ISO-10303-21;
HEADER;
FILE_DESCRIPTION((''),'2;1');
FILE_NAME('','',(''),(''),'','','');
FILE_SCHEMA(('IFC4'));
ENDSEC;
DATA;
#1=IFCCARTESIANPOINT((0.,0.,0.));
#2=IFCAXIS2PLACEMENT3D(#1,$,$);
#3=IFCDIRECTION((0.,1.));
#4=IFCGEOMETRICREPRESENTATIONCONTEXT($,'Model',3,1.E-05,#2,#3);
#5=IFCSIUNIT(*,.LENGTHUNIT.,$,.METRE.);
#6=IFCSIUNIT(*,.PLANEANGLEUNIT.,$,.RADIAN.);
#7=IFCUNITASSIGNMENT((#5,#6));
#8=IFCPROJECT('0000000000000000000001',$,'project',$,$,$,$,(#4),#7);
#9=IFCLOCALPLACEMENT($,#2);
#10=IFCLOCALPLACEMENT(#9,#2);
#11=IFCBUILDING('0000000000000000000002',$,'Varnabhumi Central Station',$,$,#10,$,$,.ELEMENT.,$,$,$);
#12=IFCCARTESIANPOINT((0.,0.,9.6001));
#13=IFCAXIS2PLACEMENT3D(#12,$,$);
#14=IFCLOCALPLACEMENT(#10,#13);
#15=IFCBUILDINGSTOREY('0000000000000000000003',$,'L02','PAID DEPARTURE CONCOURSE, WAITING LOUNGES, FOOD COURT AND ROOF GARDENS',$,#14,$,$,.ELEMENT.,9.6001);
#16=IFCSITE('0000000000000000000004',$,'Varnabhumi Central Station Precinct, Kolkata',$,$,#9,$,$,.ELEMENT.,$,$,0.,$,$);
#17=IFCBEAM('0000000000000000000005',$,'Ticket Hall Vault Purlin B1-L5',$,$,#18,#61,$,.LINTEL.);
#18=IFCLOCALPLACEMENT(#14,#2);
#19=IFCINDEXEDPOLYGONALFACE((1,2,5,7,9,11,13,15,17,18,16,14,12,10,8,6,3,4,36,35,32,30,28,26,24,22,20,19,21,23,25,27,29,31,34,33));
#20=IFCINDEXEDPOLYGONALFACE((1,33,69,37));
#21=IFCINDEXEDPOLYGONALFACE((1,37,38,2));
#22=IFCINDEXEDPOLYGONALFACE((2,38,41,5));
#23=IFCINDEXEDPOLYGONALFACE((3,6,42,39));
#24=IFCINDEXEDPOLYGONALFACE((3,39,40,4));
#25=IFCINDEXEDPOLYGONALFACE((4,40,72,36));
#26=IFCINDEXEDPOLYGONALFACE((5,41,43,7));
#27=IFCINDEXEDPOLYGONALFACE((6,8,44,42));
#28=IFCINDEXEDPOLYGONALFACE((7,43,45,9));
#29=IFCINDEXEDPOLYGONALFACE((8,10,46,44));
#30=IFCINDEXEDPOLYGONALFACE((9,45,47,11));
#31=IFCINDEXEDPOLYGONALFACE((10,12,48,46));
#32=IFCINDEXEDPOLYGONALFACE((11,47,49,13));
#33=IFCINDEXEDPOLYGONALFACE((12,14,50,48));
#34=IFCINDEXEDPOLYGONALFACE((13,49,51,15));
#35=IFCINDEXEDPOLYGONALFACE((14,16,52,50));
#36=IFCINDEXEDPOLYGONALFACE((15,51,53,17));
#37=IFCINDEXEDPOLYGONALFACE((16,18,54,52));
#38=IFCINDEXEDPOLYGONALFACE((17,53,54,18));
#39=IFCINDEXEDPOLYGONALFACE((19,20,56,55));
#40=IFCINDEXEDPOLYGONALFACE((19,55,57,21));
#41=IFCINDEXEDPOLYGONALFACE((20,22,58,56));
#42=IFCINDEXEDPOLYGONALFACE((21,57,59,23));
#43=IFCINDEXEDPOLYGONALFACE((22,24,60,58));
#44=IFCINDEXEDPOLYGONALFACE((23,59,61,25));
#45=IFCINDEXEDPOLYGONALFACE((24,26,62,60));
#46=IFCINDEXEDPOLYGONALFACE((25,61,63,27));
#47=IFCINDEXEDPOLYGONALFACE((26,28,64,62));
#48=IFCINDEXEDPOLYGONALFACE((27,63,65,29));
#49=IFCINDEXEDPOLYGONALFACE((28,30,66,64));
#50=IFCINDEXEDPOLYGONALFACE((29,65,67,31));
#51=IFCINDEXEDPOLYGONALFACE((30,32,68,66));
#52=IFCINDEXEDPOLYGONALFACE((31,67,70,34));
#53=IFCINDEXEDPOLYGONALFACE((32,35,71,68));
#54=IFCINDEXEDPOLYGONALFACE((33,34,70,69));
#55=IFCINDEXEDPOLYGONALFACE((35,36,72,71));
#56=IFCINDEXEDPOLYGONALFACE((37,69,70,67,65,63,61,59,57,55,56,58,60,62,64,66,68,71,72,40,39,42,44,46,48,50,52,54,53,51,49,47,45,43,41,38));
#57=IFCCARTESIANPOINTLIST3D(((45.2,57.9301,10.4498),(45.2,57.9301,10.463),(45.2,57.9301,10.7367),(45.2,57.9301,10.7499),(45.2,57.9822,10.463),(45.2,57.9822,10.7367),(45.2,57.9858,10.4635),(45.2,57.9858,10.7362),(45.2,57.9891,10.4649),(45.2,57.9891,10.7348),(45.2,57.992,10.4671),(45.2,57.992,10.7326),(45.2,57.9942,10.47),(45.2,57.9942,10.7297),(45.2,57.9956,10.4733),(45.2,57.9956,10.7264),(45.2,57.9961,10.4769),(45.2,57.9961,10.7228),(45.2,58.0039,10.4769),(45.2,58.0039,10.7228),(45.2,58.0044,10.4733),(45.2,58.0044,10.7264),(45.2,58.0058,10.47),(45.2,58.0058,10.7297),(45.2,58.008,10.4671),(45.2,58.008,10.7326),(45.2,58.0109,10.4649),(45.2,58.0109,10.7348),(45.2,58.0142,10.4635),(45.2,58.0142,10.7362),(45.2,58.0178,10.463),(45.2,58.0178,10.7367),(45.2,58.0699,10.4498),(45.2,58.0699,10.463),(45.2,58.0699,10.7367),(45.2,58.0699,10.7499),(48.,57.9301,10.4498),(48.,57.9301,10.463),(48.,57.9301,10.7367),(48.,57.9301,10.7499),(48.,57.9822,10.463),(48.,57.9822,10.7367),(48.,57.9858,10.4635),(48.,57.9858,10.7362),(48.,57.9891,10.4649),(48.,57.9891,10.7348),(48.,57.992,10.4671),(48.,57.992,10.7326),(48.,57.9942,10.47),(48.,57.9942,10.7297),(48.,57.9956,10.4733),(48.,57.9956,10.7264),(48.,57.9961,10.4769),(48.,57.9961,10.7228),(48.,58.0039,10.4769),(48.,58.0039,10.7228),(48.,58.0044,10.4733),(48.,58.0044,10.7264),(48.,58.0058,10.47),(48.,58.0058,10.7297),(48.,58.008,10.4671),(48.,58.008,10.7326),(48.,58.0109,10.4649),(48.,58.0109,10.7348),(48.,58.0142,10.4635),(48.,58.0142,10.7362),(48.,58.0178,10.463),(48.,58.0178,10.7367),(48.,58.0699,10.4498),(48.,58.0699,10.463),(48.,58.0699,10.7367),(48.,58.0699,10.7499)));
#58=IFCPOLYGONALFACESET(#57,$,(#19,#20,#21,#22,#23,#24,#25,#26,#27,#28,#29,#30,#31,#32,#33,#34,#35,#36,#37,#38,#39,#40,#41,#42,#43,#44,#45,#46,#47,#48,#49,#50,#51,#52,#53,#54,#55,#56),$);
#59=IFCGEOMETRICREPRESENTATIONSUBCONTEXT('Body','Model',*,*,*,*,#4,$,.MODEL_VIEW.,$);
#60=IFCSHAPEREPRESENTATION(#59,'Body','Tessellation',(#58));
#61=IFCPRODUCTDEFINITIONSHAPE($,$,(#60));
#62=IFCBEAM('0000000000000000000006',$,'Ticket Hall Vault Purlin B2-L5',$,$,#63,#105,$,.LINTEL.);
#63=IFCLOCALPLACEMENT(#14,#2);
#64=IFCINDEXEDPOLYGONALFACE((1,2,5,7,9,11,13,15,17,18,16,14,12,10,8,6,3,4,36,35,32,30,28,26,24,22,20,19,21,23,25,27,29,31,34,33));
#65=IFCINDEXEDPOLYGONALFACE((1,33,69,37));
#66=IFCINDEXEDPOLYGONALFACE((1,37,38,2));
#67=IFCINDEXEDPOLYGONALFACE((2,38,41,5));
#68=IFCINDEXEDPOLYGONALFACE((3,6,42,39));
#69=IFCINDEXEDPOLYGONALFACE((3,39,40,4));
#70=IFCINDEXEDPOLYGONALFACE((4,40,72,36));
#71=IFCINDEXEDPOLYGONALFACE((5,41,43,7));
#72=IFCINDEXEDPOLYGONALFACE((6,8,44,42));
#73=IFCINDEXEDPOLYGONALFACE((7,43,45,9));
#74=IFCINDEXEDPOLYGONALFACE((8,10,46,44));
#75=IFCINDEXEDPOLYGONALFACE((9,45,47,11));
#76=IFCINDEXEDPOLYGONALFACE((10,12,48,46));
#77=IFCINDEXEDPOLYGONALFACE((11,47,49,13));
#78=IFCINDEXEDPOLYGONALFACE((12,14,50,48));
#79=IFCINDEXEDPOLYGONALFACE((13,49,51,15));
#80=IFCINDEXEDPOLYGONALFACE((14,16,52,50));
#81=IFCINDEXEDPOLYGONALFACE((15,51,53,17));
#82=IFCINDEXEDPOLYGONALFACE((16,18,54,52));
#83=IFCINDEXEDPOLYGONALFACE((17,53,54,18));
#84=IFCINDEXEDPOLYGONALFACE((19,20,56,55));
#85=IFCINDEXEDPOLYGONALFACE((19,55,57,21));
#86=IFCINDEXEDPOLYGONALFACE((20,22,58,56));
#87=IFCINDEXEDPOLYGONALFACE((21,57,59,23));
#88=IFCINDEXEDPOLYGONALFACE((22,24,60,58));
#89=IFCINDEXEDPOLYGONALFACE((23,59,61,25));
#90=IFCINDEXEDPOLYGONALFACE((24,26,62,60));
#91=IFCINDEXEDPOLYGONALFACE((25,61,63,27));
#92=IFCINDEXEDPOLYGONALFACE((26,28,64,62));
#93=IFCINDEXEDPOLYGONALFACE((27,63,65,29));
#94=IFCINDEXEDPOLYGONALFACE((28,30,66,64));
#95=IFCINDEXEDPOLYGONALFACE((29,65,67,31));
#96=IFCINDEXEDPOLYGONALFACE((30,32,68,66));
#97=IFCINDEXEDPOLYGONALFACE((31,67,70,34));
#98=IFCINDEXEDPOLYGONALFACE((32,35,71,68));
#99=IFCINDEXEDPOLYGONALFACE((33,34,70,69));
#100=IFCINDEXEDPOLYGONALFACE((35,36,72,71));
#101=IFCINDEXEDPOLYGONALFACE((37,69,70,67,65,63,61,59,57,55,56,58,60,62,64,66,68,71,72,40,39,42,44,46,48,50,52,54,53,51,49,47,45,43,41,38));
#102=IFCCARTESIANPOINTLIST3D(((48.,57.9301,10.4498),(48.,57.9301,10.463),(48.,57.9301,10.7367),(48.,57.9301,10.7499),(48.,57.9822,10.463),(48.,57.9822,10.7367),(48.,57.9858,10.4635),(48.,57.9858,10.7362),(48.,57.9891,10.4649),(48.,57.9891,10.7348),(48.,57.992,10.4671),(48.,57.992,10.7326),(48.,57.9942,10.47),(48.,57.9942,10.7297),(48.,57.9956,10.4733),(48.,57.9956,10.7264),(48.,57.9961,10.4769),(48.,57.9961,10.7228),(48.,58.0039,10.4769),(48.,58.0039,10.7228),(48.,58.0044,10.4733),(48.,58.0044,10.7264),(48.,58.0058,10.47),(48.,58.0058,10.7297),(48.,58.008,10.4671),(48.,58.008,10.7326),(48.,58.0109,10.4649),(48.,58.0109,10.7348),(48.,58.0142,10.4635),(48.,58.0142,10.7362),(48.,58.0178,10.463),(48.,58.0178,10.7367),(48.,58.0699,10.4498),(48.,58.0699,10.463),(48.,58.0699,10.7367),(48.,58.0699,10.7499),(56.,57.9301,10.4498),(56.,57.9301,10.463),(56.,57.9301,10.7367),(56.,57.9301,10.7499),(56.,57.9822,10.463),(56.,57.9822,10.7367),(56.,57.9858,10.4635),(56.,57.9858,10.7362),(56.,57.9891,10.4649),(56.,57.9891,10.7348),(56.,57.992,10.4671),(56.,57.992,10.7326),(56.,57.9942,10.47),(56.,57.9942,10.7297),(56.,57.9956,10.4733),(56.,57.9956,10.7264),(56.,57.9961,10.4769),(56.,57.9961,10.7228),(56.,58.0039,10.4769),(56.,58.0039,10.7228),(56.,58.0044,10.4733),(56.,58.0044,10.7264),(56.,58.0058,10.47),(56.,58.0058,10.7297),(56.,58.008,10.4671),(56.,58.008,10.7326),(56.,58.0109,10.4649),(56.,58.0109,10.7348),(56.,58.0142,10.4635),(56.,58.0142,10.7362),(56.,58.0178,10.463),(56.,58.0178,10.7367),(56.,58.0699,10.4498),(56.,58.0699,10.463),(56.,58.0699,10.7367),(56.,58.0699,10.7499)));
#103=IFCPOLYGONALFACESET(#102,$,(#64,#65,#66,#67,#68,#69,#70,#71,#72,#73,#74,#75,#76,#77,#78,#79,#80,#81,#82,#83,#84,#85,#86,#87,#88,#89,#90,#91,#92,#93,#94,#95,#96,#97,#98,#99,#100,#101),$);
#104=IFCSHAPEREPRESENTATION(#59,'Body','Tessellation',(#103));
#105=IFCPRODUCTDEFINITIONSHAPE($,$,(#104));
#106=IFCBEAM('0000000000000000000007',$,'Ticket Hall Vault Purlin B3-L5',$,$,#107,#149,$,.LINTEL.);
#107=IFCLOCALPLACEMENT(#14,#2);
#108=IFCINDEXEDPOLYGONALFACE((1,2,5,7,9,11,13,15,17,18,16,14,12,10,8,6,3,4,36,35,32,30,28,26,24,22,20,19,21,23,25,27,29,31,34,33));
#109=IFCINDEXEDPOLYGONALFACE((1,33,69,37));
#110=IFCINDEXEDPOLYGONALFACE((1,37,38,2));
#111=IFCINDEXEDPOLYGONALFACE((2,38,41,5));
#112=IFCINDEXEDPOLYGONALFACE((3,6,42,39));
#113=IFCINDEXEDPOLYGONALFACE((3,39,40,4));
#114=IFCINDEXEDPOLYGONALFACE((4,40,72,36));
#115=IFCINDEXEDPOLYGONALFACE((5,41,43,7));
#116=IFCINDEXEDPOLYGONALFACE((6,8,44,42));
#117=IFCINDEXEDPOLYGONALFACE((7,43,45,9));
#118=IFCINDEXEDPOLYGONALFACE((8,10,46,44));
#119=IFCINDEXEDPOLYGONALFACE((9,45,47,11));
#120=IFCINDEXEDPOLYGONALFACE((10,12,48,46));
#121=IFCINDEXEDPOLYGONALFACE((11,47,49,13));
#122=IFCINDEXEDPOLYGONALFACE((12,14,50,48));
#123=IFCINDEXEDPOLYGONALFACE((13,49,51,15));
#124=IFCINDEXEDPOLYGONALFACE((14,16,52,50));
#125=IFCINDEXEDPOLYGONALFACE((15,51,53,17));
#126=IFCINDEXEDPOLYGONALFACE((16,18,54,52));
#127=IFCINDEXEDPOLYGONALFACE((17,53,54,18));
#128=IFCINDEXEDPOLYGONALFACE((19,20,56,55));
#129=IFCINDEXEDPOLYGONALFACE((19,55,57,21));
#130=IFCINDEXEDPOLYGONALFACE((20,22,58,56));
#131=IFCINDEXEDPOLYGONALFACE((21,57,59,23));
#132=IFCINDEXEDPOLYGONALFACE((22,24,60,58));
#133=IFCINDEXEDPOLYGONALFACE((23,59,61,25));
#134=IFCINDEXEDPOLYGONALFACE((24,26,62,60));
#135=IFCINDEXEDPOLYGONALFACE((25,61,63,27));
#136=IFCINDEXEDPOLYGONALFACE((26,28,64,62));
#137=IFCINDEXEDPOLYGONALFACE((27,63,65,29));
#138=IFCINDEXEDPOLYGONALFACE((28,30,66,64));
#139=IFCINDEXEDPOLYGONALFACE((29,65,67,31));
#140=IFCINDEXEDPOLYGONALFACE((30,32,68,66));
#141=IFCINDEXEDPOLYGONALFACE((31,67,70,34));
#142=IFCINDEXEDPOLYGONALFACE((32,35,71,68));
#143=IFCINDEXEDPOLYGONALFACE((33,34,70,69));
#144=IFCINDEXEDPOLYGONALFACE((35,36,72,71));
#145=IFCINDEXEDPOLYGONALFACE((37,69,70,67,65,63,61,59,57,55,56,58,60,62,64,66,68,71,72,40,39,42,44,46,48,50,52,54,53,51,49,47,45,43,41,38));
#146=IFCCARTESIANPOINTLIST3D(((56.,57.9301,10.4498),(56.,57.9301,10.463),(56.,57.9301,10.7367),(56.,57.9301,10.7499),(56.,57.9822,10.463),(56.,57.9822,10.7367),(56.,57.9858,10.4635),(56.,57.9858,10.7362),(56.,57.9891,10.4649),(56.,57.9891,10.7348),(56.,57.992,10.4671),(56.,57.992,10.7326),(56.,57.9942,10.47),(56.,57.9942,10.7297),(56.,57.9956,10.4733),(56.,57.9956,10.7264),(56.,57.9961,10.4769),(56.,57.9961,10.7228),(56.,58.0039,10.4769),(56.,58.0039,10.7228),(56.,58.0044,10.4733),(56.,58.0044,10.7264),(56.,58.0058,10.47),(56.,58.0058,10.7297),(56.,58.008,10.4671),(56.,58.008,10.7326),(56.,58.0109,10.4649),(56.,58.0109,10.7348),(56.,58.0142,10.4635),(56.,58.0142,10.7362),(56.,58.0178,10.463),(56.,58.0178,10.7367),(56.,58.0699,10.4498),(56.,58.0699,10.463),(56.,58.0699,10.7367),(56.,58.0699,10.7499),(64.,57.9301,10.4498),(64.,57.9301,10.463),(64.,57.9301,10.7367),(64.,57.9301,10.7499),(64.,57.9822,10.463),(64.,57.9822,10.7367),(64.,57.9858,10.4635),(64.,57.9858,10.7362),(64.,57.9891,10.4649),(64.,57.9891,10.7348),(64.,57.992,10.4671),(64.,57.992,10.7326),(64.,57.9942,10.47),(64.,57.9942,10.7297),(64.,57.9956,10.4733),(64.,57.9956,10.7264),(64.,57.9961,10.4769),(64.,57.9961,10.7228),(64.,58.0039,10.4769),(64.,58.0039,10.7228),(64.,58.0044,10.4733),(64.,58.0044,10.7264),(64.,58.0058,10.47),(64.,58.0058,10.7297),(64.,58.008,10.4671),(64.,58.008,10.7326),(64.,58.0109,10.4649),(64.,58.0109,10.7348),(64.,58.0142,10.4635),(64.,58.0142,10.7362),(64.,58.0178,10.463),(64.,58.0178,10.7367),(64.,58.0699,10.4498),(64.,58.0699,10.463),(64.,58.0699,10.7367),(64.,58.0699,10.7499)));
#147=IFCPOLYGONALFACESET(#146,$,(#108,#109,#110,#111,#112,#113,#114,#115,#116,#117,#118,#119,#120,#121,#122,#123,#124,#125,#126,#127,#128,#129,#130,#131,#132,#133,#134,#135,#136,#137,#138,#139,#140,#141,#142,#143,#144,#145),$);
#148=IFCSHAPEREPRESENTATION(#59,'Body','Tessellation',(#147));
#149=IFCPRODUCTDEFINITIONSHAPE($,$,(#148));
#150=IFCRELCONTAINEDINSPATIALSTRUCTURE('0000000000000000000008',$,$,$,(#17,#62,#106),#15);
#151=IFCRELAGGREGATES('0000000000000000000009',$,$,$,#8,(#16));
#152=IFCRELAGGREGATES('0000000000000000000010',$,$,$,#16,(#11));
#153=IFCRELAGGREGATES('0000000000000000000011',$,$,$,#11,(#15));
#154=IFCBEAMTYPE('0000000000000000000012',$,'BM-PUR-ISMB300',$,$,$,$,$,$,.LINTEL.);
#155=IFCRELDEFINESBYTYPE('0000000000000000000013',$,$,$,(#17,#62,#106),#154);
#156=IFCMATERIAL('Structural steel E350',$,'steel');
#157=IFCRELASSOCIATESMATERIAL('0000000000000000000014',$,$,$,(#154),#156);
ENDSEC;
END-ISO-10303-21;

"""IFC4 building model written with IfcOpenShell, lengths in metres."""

from ifc_helpers import new_model, si_unit, direction, frame, origin, origin_2d, place, context, subcontext, project, spatial, i_section, extrude, material, material_profile, profile_set, type_object, element, save


model = new_model("IFC4")

# Units and contexts
model_context = context("Model", 3, precision=1e-05, world=origin(), true_north=direction((0.0, 1.0)))
body_context = subcontext(model_context, "Body", "Model", "MODEL_VIEW")
ifc_project = project(units=[si_unit("LENGTHUNIT", "METRE"), si_unit("PLANEANGLEUNIT", "RADIAN")], contexts=[model_context])

# Site, building, storey
site_placement = place(None, origin())
site = spatial("IfcSite", under=ifc_project, at=site_placement, Name="Varnabhumi Central Station Precinct, Kolkata", CompositionType="ELEMENT", RefElevation=0.0)
building_placement = place(site_placement, origin())
building = spatial("IfcBuilding", under=site, at=building_placement, Name="Varnabhumi Central Station", CompositionType="ELEMENT")
storey_placement = place(building_placement, frame((0.0, 0.0, 9.6001)))
storey = spatial("IfcBuildingStorey", under=building, at=storey_placement, Name="L02", Description="PAID DEPARTURE CONCOURSE, WAITING LOUNGES, FOOD COURT AND ROOF GARDENS", CompositionType="ELEMENT", Elevation=9.6001)

# Beams
ifc_material_1 = material(Name="Structural steel E350", Category="steel")
ifc_material_profile_1 = material_profile(ifc_material_1, i_section(OverallWidth=0.1399, OverallDepth=0.3, WebThickness=0.0078, FlangeThickness=0.0132, FilletRadius=0.0139, at=origin_2d()), Name="Structural steel E350", Category="steel")
ifc_profile_set_1 = profile_set([ifc_material_profile_1], Name="Structural steel E350")
beam_type_1 = type_object("IfcBeamType", Name="BM-PUR-ISMB300", PredefinedType="LINTEL", material=ifc_profile_set_1)
beam_placement = place(storey_placement, frame((45.2, 58.0, 10.5999), z_axis=(1.0, 0.0, 0.0), x_axis=(0.0, 1.0, 0.0)))
element("IfcBeam", 1, at=beam_placement, inside=storey, type_object=beam_type_1, Name="Ticket Hall Vault Purlin B1-L5", PredefinedType="LINTEL", context=body_context, shape_type="SweptSolid", body=[
    extrude(i_section(OverallWidth=0.1399, OverallDepth=0.3, WebThickness=0.0078, FlangeThickness=0.0132, FilletRadius=0.0139, at=origin_2d()), origin(), (0.0, 0.0, 1.0), 2.8),
])
for number, where, z_axis, x_axis, name in (
    (2, (48.0, 58.0, 10.5999), (1.0, 0.0, 0.0), (0.0, 1.0, 0.0), "Ticket Hall Vault Purlin B2-L5"),
    (3, (56.0, 58.0, 10.5999), (1.0, 0.0, 0.0), (0.0, 1.0, 0.0), "Ticket Hall Vault Purlin B3-L5"),
):
    element("IfcBeam", number, at=place(storey_placement, frame(where, z_axis=z_axis, x_axis=x_axis)), inside=storey, type_object=beam_type_1, Name=name, PredefinedType="LINTEL", context=body_context, shape_type="SweptSolid", body=[
        extrude(i_section(OverallWidth=0.1399, OverallDepth=0.3, WebThickness=0.0078, FlangeThickness=0.0132, FilletRadius=0.0139, at=origin_2d()), origin(), (0.0, 0.0, 1.0), 8.0),
    ])

save(model, "model.ifc")
